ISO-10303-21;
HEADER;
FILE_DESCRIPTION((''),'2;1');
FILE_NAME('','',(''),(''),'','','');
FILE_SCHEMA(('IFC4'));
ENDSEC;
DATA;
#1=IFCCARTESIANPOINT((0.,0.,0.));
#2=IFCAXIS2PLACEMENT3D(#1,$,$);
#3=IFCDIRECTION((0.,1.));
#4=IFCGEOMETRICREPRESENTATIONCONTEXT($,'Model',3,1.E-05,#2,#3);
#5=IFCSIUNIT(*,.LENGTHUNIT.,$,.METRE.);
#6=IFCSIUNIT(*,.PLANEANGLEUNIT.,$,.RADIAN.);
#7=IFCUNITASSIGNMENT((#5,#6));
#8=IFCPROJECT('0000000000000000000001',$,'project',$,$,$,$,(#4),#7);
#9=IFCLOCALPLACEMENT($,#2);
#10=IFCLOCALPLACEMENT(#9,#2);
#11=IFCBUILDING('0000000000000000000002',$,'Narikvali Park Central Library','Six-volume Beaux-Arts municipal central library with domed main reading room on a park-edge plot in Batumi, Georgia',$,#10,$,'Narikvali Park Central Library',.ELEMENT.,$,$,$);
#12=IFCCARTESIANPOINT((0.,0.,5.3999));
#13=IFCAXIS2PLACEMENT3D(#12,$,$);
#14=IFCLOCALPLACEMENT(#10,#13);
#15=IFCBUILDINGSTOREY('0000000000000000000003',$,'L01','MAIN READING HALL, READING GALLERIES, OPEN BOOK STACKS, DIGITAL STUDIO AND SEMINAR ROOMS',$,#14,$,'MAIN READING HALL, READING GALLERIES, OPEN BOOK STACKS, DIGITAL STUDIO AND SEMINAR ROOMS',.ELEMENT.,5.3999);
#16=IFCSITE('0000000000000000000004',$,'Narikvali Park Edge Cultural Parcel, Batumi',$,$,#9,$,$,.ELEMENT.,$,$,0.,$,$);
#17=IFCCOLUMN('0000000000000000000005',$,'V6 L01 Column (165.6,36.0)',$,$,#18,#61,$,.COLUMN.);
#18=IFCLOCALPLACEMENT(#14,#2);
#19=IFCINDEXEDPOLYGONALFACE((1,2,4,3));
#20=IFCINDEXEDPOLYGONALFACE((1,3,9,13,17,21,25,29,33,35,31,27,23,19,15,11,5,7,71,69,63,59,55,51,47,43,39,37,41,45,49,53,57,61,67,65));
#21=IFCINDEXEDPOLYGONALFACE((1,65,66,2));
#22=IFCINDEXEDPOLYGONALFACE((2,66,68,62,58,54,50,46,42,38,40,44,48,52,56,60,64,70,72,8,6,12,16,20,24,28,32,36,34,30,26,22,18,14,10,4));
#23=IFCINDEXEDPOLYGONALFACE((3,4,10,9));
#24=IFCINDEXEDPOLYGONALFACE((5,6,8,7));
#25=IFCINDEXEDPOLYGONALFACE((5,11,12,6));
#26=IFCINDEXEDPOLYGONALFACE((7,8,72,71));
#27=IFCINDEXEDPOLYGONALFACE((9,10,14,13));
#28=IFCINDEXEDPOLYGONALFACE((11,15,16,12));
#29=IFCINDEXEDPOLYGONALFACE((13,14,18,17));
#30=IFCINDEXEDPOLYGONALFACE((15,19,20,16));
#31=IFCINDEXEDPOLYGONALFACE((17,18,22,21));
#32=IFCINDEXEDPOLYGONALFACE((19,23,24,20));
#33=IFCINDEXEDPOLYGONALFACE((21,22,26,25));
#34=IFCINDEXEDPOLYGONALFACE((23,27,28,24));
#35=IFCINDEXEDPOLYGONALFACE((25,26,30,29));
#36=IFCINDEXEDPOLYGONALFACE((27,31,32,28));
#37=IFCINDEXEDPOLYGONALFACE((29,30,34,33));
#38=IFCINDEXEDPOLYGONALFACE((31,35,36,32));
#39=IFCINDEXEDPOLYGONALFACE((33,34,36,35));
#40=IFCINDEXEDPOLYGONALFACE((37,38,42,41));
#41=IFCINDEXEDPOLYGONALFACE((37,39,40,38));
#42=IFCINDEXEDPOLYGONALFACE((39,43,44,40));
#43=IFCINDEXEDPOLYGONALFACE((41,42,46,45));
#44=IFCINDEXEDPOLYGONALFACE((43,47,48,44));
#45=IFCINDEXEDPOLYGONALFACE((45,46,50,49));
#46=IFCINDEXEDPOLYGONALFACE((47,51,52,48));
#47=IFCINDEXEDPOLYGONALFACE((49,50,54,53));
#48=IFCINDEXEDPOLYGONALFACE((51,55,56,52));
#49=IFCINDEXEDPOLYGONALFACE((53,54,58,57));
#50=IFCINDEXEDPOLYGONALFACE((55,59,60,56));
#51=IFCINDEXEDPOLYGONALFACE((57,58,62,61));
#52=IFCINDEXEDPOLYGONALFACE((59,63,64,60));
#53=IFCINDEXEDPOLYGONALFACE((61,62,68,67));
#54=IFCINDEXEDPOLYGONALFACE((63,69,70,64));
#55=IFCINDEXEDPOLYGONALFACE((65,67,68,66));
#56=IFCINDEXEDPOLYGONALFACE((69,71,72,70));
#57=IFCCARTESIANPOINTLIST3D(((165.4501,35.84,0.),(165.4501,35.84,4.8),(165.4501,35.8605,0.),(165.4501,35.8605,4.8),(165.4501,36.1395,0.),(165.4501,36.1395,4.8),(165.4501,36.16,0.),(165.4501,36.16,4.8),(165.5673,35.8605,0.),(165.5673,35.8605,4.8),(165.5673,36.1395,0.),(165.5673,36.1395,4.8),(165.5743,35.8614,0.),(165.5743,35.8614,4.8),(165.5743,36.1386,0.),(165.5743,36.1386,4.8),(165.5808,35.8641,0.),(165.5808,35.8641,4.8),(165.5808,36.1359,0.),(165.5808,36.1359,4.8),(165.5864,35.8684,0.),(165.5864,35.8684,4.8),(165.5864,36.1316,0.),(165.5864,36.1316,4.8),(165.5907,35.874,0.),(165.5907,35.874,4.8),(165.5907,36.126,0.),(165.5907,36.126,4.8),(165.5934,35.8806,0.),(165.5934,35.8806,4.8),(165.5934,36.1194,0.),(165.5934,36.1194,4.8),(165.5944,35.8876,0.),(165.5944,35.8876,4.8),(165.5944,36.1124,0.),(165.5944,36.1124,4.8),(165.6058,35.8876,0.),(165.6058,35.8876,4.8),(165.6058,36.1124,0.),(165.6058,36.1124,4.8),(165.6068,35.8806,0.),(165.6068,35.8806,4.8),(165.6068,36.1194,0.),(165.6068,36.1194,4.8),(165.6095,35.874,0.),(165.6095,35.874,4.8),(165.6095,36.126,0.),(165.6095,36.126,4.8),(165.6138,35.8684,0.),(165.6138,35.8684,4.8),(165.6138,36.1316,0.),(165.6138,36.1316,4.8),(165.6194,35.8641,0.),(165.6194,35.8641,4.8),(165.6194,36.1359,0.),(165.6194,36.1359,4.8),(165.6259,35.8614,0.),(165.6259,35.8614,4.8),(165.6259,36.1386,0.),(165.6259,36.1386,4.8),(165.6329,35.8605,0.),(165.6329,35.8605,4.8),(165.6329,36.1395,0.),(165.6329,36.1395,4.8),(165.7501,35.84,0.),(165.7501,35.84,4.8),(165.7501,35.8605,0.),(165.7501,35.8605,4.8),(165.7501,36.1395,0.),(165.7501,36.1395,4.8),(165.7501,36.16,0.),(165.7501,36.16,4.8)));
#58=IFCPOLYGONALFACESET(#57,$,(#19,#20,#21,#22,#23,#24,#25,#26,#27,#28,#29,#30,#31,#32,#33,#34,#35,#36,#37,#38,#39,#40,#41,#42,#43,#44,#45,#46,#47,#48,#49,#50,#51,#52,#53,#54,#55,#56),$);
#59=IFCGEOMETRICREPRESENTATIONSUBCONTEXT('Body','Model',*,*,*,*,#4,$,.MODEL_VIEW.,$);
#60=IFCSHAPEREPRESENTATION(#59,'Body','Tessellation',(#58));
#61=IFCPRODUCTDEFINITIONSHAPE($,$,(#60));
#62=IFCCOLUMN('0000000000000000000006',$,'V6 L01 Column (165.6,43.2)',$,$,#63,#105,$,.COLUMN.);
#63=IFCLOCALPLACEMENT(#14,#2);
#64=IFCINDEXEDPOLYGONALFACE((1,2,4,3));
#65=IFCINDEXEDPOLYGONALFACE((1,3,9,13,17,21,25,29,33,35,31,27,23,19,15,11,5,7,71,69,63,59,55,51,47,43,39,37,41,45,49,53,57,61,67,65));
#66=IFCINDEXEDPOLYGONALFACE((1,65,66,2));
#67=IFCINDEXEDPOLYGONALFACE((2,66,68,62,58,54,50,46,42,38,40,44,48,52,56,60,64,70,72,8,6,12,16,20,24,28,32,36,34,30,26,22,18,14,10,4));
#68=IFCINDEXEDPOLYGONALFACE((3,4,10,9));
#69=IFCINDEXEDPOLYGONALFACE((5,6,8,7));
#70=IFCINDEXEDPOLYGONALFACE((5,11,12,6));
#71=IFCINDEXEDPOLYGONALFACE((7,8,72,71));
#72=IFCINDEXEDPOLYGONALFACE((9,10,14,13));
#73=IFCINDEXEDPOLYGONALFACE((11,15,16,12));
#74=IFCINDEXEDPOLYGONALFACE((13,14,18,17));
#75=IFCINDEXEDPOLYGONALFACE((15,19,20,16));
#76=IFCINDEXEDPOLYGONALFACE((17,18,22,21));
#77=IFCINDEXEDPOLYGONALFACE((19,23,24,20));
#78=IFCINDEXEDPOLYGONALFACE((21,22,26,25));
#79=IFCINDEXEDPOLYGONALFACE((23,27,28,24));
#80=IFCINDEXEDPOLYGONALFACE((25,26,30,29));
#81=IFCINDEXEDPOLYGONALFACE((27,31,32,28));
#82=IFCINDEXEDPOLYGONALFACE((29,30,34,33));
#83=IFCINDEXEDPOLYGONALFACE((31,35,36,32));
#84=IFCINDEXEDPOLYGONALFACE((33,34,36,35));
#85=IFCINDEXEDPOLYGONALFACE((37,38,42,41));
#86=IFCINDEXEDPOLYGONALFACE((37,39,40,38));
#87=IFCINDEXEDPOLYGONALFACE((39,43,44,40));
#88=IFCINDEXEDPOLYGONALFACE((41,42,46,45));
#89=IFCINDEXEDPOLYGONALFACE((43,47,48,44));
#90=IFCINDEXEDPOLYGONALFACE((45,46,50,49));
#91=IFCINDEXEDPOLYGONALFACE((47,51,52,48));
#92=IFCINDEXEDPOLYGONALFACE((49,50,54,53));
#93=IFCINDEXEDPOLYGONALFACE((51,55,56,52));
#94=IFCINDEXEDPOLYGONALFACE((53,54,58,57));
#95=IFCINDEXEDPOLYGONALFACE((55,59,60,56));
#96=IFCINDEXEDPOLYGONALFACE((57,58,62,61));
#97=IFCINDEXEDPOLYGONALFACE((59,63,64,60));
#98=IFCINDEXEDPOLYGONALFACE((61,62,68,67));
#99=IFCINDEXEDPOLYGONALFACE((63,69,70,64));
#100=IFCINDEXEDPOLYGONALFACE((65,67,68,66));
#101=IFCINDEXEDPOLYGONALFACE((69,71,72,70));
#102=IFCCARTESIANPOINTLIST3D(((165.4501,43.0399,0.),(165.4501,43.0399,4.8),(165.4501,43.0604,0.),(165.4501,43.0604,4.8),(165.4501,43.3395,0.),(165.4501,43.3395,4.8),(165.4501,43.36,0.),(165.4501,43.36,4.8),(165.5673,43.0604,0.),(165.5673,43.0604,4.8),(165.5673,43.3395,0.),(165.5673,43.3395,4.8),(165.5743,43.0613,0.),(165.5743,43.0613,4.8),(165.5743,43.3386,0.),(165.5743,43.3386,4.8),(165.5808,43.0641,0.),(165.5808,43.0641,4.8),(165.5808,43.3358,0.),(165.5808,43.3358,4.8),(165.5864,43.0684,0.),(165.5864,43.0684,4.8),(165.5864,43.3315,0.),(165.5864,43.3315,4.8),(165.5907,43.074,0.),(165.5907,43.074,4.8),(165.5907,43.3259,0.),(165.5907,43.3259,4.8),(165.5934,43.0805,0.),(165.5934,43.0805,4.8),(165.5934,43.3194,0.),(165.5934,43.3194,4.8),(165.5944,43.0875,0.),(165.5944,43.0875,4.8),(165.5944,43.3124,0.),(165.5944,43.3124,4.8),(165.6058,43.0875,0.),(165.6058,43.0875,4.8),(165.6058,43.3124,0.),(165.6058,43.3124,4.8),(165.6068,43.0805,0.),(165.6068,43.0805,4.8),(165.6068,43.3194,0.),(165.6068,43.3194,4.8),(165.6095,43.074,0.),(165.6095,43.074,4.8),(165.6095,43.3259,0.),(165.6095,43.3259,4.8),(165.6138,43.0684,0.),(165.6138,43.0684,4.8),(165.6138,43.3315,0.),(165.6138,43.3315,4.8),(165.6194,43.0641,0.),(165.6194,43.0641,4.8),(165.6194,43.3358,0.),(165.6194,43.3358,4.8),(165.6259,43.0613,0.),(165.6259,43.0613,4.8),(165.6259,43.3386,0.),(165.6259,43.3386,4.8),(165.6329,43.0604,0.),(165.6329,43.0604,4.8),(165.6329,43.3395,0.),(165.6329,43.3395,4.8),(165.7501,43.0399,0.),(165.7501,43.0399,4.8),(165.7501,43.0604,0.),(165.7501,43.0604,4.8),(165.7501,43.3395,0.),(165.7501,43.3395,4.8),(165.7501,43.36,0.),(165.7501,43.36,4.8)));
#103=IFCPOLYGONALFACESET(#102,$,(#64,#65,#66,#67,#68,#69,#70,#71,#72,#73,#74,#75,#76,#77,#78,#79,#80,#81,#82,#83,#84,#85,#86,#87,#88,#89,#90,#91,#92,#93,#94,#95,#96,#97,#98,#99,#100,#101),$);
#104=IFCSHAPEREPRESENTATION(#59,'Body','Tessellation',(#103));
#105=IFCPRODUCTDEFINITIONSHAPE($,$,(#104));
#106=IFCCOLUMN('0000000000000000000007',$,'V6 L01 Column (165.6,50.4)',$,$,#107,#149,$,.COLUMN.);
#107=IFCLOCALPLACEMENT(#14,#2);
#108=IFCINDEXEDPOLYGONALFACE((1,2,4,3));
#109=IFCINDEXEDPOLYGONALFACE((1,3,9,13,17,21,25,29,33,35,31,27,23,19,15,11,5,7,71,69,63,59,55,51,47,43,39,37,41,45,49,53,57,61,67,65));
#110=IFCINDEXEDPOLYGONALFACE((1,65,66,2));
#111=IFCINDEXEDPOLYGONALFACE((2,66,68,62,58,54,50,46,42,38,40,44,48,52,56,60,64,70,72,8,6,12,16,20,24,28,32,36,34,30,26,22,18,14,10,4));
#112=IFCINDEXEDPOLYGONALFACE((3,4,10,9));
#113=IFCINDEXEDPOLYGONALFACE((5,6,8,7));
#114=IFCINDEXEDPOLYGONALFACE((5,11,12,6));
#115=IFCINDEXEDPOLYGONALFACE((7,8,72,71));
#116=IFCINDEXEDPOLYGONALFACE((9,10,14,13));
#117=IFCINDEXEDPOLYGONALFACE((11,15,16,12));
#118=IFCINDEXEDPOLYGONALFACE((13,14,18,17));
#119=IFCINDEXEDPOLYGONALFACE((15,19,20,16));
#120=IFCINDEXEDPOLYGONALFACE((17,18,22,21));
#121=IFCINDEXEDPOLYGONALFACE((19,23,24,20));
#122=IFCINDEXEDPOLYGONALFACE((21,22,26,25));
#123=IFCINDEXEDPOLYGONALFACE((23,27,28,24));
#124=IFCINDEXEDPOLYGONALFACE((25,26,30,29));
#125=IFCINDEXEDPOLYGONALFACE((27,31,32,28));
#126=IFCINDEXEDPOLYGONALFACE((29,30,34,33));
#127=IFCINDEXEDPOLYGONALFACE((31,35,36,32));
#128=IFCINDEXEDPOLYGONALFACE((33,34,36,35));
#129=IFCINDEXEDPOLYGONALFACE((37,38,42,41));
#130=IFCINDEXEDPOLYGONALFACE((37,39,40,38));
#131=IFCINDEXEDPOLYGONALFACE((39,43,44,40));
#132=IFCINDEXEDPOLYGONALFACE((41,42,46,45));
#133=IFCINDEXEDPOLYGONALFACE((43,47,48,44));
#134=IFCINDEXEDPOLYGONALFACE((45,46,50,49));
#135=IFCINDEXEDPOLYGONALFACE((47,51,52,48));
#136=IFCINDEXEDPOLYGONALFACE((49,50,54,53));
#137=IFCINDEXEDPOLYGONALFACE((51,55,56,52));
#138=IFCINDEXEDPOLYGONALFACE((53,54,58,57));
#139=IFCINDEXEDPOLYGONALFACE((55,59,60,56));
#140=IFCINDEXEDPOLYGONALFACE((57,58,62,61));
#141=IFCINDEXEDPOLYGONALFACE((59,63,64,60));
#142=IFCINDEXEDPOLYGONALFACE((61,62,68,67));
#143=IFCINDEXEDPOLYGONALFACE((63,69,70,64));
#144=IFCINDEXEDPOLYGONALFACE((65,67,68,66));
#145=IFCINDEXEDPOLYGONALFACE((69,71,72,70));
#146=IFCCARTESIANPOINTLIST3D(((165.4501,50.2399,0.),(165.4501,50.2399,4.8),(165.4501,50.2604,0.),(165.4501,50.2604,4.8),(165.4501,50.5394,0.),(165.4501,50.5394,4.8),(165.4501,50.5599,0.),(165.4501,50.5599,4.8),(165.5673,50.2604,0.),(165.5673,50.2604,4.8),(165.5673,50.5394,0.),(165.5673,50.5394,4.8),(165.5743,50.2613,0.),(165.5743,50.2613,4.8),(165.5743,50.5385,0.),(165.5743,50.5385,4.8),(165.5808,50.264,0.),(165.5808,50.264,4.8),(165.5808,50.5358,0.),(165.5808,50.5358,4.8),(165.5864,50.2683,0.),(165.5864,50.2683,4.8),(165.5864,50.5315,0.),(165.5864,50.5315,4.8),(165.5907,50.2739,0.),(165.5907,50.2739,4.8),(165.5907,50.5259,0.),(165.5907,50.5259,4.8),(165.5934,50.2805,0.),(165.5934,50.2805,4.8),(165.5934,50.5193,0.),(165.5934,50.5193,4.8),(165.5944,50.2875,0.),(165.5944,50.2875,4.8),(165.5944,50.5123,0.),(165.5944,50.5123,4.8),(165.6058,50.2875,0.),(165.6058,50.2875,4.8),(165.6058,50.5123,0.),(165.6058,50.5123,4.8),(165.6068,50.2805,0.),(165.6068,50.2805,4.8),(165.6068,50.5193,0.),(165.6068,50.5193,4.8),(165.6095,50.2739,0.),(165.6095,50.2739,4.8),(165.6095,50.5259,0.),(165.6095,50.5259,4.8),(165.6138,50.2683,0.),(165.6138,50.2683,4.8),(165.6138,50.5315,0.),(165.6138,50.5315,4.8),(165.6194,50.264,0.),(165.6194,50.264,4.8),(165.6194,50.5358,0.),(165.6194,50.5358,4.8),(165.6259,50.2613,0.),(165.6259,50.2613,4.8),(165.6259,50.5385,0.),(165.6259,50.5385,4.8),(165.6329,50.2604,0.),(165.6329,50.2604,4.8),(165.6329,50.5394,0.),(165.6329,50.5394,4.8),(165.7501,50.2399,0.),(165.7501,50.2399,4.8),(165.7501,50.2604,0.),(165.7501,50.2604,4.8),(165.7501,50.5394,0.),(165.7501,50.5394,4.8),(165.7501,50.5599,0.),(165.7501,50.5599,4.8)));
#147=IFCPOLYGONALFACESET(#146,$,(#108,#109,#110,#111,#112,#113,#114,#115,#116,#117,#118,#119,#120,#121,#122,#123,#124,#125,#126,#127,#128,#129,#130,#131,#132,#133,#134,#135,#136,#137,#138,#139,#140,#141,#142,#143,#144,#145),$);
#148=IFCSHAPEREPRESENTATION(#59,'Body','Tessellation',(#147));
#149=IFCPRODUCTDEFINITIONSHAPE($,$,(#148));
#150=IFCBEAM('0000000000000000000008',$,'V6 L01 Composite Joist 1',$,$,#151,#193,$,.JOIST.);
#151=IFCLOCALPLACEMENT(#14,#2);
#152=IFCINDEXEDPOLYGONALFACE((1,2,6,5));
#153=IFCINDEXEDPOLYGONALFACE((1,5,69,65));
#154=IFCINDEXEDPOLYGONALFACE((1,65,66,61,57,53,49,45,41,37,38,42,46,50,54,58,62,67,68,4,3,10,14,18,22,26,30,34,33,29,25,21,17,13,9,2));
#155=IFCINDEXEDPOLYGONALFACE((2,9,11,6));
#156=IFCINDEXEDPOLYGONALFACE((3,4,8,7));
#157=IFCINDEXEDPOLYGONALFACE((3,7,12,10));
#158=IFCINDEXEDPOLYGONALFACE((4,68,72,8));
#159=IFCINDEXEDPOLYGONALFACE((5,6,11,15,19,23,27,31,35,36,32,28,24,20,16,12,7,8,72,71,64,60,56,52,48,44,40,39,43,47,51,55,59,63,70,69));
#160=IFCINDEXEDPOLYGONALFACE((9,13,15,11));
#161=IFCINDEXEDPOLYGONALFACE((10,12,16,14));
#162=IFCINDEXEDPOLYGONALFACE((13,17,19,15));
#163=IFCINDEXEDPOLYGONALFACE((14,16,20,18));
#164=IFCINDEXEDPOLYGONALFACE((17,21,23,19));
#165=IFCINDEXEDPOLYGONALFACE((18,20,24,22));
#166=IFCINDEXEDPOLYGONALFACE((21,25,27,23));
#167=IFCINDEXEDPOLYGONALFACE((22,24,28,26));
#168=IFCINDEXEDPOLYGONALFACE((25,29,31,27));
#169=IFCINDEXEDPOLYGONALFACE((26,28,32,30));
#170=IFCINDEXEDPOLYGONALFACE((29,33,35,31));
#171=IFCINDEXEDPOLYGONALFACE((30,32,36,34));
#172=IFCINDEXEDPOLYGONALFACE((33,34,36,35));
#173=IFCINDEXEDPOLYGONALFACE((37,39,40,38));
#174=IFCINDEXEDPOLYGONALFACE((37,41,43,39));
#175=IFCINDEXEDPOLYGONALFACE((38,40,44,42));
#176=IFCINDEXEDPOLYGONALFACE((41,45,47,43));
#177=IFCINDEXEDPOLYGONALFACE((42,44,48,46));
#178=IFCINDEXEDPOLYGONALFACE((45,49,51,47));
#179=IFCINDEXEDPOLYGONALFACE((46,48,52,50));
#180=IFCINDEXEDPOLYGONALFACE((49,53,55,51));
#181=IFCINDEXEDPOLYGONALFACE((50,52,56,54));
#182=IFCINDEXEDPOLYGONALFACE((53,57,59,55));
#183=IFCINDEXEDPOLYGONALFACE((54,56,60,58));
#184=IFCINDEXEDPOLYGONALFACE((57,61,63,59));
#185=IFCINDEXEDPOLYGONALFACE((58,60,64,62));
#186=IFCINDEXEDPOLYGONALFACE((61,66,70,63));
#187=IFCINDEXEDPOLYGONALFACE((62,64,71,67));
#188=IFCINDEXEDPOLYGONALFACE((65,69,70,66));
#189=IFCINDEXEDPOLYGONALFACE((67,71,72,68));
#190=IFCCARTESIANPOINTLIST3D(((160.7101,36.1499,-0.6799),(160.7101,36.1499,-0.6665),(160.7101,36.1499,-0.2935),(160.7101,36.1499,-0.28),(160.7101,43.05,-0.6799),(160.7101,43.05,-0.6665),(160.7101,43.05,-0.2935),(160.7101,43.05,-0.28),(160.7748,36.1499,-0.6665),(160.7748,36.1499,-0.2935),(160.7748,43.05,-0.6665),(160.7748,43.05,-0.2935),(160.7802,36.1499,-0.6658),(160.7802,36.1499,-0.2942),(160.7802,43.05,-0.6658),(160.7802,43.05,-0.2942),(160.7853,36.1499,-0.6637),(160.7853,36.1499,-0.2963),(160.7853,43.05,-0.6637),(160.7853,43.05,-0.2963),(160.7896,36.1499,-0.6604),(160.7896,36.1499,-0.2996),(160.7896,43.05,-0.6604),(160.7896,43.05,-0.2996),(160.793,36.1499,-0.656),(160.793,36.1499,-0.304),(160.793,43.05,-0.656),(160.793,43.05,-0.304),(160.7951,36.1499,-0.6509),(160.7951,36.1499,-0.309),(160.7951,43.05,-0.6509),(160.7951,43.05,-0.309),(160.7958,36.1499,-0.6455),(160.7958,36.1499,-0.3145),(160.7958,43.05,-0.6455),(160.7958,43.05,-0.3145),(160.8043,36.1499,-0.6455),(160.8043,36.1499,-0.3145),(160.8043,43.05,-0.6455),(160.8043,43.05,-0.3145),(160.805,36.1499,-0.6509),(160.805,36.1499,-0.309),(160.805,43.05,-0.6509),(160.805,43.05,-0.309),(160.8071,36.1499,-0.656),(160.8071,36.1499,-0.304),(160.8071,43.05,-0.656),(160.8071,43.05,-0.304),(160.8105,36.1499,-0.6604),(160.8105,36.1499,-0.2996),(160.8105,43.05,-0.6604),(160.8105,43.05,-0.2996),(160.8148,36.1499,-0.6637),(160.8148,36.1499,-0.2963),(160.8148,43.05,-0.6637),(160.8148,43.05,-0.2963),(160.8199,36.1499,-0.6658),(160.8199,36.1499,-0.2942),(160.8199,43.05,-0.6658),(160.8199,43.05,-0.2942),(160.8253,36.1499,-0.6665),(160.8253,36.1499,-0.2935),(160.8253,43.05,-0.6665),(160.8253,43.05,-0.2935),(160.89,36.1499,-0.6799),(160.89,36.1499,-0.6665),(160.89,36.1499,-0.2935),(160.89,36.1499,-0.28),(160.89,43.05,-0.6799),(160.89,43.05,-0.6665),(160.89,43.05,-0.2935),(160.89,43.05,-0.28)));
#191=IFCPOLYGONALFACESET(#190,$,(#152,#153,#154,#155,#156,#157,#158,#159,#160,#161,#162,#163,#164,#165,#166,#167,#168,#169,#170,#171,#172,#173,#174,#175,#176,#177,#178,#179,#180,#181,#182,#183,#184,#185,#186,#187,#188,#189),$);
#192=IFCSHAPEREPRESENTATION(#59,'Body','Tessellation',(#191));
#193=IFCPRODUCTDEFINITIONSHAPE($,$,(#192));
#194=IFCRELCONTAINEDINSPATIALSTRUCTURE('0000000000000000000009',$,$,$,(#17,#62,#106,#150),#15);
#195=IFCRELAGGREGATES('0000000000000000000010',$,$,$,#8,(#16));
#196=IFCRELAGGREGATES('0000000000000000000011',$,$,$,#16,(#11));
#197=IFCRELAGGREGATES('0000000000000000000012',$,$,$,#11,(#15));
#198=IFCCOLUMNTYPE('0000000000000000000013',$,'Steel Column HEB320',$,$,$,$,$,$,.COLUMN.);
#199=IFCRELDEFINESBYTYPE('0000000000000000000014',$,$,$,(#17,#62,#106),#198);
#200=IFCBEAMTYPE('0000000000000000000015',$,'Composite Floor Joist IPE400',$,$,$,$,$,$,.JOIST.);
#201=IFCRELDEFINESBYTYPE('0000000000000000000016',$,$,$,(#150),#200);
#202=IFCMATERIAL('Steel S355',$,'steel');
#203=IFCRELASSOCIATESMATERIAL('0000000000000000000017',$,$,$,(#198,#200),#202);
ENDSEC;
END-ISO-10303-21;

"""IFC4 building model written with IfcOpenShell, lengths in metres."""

from ifc_helpers import new_model, si_unit, direction, frame, origin, origin_2d, place, context, subcontext, project, spatial, i_section, extrude, material, material_profile, profile_set, type_object, element, save


model = new_model("IFC4")

# Units and contexts
model_context = context("Model", 3, precision=1e-05, world=origin(), true_north=direction((0.0, 1.0)))
body_context = subcontext(model_context, "Body", "Model", "MODEL_VIEW")
ifc_project = project(units=[si_unit("LENGTHUNIT", "METRE"), si_unit("PLANEANGLEUNIT", "RADIAN")], contexts=[model_context])

# Site, building, storey
site_placement = place(None, origin())
site = spatial("IfcSite", under=ifc_project, at=site_placement, Name="Narikvali Park Edge Cultural Parcel, Batumi", CompositionType="ELEMENT", RefElevation=0.0)
building_placement = place(site_placement, origin())
building = spatial("IfcBuilding", under=site, at=building_placement, Name="Narikvali Park Central Library", Description="Six-volume Beaux-Arts municipal central library with domed main reading room on a park-edge plot in Batumi, Georgia", LongName="Narikvali Park Central Library", CompositionType="ELEMENT")
storey_placement = place(building_placement, frame((0.0, 0.0, 5.3999)))
storey = spatial("IfcBuildingStorey", under=building, at=storey_placement, Name="L01", Description="MAIN READING HALL, READING GALLERIES, OPEN BOOK STACKS, DIGITAL STUDIO AND SEMINAR ROOMS", LongName="MAIN READING HALL, READING GALLERIES, OPEN BOOK STACKS, DIGITAL STUDIO AND SEMINAR ROOMS", CompositionType="ELEMENT", Elevation=5.3999)

# Columns
ifc_material_1 = material(Name="Steel S355", Category="steel")
ifc_material_profile_1 = material_profile(ifc_material_1, i_section(OverallWidth=0.3, OverallDepth=0.3201, WebThickness=0.0115, FlangeThickness=0.0205, FilletRadius=0.0271, at=origin_2d()), Name="HEB 320")
ifc_profile_set_1 = profile_set([ifc_material_profile_1], Name="Steel S355")
column_type = type_object("IfcColumnType", Name="Steel Column HEB320", PredefinedType="COLUMN", material=ifc_profile_set_1)
for number, where, z_axis, x_axis, name in (
    (1, (165.6001, 36.0, 0.0), (0.0, 0.0, 1.0), (1.0, 0.0, 0.0), "V6 L01 Column (165.6,36.0)"),
    (2, (165.6001, 43.2, 0.0), (0.0, 0.0, 1.0), (1.0, 0.0, 0.0), "V6 L01 Column (165.6,43.2)"),
    (3, (165.6001, 50.3999, 0.0), (0.0, 0.0, 1.0), (1.0, 0.0, 0.0), "V6 L01 Column (165.6,50.4)"),
):
    element("IfcColumn", number, at=place(storey_placement, frame(where, z_axis=z_axis, x_axis=x_axis)), inside=storey, type_object=column_type, Name=name, PredefinedType="COLUMN", context=body_context, shape_type="SweptSolid", body=[
        extrude(i_section(OverallWidth=0.3, OverallDepth=0.3201, WebThickness=0.0115, FlangeThickness=0.0205, FilletRadius=0.0271, at=origin_2d()), origin(), (0.0, 0.0, 1.0), 4.8),
    ])

# Beam
ifc_material_profile_2 = material_profile(ifc_material_1, i_section(OverallWidth=0.1799, OverallDepth=0.3999, WebThickness=0.0085, FlangeThickness=0.0134, FilletRadius=0.021, at=origin_2d()), Name="IPE 400")
ifc_profile_set_2 = profile_set([ifc_material_profile_2], Name="Steel S355")
beam_type_1 = type_object("IfcBeamType", Name="Composite Floor Joist IPE400", PredefinedType="JOIST", material=ifc_profile_set_2)
for number, where, z_axis, x_axis, name in (
    (4, (160.8, 36.1499, -0.48), (0.0, 1.0, 0.0), (-1.0, 0.0, 0.0), "V6 L01 Composite Joist 1"),
):
    element("IfcBeam", number, at=place(storey_placement, frame(where, z_axis=z_axis, x_axis=x_axis)), inside=storey, type_object=beam_type_1, Name=name, PredefinedType="JOIST", context=body_context, shape_type="SweptSolid", body=[
        extrude(i_section(OverallWidth=0.1799, OverallDepth=0.3999, WebThickness=0.0085, FlangeThickness=0.0134, FilletRadius=0.021, at=origin_2d()), origin(), (0.0, 0.0, 1.0), 6.9001),
    ])

save(model, "model.ifc")
